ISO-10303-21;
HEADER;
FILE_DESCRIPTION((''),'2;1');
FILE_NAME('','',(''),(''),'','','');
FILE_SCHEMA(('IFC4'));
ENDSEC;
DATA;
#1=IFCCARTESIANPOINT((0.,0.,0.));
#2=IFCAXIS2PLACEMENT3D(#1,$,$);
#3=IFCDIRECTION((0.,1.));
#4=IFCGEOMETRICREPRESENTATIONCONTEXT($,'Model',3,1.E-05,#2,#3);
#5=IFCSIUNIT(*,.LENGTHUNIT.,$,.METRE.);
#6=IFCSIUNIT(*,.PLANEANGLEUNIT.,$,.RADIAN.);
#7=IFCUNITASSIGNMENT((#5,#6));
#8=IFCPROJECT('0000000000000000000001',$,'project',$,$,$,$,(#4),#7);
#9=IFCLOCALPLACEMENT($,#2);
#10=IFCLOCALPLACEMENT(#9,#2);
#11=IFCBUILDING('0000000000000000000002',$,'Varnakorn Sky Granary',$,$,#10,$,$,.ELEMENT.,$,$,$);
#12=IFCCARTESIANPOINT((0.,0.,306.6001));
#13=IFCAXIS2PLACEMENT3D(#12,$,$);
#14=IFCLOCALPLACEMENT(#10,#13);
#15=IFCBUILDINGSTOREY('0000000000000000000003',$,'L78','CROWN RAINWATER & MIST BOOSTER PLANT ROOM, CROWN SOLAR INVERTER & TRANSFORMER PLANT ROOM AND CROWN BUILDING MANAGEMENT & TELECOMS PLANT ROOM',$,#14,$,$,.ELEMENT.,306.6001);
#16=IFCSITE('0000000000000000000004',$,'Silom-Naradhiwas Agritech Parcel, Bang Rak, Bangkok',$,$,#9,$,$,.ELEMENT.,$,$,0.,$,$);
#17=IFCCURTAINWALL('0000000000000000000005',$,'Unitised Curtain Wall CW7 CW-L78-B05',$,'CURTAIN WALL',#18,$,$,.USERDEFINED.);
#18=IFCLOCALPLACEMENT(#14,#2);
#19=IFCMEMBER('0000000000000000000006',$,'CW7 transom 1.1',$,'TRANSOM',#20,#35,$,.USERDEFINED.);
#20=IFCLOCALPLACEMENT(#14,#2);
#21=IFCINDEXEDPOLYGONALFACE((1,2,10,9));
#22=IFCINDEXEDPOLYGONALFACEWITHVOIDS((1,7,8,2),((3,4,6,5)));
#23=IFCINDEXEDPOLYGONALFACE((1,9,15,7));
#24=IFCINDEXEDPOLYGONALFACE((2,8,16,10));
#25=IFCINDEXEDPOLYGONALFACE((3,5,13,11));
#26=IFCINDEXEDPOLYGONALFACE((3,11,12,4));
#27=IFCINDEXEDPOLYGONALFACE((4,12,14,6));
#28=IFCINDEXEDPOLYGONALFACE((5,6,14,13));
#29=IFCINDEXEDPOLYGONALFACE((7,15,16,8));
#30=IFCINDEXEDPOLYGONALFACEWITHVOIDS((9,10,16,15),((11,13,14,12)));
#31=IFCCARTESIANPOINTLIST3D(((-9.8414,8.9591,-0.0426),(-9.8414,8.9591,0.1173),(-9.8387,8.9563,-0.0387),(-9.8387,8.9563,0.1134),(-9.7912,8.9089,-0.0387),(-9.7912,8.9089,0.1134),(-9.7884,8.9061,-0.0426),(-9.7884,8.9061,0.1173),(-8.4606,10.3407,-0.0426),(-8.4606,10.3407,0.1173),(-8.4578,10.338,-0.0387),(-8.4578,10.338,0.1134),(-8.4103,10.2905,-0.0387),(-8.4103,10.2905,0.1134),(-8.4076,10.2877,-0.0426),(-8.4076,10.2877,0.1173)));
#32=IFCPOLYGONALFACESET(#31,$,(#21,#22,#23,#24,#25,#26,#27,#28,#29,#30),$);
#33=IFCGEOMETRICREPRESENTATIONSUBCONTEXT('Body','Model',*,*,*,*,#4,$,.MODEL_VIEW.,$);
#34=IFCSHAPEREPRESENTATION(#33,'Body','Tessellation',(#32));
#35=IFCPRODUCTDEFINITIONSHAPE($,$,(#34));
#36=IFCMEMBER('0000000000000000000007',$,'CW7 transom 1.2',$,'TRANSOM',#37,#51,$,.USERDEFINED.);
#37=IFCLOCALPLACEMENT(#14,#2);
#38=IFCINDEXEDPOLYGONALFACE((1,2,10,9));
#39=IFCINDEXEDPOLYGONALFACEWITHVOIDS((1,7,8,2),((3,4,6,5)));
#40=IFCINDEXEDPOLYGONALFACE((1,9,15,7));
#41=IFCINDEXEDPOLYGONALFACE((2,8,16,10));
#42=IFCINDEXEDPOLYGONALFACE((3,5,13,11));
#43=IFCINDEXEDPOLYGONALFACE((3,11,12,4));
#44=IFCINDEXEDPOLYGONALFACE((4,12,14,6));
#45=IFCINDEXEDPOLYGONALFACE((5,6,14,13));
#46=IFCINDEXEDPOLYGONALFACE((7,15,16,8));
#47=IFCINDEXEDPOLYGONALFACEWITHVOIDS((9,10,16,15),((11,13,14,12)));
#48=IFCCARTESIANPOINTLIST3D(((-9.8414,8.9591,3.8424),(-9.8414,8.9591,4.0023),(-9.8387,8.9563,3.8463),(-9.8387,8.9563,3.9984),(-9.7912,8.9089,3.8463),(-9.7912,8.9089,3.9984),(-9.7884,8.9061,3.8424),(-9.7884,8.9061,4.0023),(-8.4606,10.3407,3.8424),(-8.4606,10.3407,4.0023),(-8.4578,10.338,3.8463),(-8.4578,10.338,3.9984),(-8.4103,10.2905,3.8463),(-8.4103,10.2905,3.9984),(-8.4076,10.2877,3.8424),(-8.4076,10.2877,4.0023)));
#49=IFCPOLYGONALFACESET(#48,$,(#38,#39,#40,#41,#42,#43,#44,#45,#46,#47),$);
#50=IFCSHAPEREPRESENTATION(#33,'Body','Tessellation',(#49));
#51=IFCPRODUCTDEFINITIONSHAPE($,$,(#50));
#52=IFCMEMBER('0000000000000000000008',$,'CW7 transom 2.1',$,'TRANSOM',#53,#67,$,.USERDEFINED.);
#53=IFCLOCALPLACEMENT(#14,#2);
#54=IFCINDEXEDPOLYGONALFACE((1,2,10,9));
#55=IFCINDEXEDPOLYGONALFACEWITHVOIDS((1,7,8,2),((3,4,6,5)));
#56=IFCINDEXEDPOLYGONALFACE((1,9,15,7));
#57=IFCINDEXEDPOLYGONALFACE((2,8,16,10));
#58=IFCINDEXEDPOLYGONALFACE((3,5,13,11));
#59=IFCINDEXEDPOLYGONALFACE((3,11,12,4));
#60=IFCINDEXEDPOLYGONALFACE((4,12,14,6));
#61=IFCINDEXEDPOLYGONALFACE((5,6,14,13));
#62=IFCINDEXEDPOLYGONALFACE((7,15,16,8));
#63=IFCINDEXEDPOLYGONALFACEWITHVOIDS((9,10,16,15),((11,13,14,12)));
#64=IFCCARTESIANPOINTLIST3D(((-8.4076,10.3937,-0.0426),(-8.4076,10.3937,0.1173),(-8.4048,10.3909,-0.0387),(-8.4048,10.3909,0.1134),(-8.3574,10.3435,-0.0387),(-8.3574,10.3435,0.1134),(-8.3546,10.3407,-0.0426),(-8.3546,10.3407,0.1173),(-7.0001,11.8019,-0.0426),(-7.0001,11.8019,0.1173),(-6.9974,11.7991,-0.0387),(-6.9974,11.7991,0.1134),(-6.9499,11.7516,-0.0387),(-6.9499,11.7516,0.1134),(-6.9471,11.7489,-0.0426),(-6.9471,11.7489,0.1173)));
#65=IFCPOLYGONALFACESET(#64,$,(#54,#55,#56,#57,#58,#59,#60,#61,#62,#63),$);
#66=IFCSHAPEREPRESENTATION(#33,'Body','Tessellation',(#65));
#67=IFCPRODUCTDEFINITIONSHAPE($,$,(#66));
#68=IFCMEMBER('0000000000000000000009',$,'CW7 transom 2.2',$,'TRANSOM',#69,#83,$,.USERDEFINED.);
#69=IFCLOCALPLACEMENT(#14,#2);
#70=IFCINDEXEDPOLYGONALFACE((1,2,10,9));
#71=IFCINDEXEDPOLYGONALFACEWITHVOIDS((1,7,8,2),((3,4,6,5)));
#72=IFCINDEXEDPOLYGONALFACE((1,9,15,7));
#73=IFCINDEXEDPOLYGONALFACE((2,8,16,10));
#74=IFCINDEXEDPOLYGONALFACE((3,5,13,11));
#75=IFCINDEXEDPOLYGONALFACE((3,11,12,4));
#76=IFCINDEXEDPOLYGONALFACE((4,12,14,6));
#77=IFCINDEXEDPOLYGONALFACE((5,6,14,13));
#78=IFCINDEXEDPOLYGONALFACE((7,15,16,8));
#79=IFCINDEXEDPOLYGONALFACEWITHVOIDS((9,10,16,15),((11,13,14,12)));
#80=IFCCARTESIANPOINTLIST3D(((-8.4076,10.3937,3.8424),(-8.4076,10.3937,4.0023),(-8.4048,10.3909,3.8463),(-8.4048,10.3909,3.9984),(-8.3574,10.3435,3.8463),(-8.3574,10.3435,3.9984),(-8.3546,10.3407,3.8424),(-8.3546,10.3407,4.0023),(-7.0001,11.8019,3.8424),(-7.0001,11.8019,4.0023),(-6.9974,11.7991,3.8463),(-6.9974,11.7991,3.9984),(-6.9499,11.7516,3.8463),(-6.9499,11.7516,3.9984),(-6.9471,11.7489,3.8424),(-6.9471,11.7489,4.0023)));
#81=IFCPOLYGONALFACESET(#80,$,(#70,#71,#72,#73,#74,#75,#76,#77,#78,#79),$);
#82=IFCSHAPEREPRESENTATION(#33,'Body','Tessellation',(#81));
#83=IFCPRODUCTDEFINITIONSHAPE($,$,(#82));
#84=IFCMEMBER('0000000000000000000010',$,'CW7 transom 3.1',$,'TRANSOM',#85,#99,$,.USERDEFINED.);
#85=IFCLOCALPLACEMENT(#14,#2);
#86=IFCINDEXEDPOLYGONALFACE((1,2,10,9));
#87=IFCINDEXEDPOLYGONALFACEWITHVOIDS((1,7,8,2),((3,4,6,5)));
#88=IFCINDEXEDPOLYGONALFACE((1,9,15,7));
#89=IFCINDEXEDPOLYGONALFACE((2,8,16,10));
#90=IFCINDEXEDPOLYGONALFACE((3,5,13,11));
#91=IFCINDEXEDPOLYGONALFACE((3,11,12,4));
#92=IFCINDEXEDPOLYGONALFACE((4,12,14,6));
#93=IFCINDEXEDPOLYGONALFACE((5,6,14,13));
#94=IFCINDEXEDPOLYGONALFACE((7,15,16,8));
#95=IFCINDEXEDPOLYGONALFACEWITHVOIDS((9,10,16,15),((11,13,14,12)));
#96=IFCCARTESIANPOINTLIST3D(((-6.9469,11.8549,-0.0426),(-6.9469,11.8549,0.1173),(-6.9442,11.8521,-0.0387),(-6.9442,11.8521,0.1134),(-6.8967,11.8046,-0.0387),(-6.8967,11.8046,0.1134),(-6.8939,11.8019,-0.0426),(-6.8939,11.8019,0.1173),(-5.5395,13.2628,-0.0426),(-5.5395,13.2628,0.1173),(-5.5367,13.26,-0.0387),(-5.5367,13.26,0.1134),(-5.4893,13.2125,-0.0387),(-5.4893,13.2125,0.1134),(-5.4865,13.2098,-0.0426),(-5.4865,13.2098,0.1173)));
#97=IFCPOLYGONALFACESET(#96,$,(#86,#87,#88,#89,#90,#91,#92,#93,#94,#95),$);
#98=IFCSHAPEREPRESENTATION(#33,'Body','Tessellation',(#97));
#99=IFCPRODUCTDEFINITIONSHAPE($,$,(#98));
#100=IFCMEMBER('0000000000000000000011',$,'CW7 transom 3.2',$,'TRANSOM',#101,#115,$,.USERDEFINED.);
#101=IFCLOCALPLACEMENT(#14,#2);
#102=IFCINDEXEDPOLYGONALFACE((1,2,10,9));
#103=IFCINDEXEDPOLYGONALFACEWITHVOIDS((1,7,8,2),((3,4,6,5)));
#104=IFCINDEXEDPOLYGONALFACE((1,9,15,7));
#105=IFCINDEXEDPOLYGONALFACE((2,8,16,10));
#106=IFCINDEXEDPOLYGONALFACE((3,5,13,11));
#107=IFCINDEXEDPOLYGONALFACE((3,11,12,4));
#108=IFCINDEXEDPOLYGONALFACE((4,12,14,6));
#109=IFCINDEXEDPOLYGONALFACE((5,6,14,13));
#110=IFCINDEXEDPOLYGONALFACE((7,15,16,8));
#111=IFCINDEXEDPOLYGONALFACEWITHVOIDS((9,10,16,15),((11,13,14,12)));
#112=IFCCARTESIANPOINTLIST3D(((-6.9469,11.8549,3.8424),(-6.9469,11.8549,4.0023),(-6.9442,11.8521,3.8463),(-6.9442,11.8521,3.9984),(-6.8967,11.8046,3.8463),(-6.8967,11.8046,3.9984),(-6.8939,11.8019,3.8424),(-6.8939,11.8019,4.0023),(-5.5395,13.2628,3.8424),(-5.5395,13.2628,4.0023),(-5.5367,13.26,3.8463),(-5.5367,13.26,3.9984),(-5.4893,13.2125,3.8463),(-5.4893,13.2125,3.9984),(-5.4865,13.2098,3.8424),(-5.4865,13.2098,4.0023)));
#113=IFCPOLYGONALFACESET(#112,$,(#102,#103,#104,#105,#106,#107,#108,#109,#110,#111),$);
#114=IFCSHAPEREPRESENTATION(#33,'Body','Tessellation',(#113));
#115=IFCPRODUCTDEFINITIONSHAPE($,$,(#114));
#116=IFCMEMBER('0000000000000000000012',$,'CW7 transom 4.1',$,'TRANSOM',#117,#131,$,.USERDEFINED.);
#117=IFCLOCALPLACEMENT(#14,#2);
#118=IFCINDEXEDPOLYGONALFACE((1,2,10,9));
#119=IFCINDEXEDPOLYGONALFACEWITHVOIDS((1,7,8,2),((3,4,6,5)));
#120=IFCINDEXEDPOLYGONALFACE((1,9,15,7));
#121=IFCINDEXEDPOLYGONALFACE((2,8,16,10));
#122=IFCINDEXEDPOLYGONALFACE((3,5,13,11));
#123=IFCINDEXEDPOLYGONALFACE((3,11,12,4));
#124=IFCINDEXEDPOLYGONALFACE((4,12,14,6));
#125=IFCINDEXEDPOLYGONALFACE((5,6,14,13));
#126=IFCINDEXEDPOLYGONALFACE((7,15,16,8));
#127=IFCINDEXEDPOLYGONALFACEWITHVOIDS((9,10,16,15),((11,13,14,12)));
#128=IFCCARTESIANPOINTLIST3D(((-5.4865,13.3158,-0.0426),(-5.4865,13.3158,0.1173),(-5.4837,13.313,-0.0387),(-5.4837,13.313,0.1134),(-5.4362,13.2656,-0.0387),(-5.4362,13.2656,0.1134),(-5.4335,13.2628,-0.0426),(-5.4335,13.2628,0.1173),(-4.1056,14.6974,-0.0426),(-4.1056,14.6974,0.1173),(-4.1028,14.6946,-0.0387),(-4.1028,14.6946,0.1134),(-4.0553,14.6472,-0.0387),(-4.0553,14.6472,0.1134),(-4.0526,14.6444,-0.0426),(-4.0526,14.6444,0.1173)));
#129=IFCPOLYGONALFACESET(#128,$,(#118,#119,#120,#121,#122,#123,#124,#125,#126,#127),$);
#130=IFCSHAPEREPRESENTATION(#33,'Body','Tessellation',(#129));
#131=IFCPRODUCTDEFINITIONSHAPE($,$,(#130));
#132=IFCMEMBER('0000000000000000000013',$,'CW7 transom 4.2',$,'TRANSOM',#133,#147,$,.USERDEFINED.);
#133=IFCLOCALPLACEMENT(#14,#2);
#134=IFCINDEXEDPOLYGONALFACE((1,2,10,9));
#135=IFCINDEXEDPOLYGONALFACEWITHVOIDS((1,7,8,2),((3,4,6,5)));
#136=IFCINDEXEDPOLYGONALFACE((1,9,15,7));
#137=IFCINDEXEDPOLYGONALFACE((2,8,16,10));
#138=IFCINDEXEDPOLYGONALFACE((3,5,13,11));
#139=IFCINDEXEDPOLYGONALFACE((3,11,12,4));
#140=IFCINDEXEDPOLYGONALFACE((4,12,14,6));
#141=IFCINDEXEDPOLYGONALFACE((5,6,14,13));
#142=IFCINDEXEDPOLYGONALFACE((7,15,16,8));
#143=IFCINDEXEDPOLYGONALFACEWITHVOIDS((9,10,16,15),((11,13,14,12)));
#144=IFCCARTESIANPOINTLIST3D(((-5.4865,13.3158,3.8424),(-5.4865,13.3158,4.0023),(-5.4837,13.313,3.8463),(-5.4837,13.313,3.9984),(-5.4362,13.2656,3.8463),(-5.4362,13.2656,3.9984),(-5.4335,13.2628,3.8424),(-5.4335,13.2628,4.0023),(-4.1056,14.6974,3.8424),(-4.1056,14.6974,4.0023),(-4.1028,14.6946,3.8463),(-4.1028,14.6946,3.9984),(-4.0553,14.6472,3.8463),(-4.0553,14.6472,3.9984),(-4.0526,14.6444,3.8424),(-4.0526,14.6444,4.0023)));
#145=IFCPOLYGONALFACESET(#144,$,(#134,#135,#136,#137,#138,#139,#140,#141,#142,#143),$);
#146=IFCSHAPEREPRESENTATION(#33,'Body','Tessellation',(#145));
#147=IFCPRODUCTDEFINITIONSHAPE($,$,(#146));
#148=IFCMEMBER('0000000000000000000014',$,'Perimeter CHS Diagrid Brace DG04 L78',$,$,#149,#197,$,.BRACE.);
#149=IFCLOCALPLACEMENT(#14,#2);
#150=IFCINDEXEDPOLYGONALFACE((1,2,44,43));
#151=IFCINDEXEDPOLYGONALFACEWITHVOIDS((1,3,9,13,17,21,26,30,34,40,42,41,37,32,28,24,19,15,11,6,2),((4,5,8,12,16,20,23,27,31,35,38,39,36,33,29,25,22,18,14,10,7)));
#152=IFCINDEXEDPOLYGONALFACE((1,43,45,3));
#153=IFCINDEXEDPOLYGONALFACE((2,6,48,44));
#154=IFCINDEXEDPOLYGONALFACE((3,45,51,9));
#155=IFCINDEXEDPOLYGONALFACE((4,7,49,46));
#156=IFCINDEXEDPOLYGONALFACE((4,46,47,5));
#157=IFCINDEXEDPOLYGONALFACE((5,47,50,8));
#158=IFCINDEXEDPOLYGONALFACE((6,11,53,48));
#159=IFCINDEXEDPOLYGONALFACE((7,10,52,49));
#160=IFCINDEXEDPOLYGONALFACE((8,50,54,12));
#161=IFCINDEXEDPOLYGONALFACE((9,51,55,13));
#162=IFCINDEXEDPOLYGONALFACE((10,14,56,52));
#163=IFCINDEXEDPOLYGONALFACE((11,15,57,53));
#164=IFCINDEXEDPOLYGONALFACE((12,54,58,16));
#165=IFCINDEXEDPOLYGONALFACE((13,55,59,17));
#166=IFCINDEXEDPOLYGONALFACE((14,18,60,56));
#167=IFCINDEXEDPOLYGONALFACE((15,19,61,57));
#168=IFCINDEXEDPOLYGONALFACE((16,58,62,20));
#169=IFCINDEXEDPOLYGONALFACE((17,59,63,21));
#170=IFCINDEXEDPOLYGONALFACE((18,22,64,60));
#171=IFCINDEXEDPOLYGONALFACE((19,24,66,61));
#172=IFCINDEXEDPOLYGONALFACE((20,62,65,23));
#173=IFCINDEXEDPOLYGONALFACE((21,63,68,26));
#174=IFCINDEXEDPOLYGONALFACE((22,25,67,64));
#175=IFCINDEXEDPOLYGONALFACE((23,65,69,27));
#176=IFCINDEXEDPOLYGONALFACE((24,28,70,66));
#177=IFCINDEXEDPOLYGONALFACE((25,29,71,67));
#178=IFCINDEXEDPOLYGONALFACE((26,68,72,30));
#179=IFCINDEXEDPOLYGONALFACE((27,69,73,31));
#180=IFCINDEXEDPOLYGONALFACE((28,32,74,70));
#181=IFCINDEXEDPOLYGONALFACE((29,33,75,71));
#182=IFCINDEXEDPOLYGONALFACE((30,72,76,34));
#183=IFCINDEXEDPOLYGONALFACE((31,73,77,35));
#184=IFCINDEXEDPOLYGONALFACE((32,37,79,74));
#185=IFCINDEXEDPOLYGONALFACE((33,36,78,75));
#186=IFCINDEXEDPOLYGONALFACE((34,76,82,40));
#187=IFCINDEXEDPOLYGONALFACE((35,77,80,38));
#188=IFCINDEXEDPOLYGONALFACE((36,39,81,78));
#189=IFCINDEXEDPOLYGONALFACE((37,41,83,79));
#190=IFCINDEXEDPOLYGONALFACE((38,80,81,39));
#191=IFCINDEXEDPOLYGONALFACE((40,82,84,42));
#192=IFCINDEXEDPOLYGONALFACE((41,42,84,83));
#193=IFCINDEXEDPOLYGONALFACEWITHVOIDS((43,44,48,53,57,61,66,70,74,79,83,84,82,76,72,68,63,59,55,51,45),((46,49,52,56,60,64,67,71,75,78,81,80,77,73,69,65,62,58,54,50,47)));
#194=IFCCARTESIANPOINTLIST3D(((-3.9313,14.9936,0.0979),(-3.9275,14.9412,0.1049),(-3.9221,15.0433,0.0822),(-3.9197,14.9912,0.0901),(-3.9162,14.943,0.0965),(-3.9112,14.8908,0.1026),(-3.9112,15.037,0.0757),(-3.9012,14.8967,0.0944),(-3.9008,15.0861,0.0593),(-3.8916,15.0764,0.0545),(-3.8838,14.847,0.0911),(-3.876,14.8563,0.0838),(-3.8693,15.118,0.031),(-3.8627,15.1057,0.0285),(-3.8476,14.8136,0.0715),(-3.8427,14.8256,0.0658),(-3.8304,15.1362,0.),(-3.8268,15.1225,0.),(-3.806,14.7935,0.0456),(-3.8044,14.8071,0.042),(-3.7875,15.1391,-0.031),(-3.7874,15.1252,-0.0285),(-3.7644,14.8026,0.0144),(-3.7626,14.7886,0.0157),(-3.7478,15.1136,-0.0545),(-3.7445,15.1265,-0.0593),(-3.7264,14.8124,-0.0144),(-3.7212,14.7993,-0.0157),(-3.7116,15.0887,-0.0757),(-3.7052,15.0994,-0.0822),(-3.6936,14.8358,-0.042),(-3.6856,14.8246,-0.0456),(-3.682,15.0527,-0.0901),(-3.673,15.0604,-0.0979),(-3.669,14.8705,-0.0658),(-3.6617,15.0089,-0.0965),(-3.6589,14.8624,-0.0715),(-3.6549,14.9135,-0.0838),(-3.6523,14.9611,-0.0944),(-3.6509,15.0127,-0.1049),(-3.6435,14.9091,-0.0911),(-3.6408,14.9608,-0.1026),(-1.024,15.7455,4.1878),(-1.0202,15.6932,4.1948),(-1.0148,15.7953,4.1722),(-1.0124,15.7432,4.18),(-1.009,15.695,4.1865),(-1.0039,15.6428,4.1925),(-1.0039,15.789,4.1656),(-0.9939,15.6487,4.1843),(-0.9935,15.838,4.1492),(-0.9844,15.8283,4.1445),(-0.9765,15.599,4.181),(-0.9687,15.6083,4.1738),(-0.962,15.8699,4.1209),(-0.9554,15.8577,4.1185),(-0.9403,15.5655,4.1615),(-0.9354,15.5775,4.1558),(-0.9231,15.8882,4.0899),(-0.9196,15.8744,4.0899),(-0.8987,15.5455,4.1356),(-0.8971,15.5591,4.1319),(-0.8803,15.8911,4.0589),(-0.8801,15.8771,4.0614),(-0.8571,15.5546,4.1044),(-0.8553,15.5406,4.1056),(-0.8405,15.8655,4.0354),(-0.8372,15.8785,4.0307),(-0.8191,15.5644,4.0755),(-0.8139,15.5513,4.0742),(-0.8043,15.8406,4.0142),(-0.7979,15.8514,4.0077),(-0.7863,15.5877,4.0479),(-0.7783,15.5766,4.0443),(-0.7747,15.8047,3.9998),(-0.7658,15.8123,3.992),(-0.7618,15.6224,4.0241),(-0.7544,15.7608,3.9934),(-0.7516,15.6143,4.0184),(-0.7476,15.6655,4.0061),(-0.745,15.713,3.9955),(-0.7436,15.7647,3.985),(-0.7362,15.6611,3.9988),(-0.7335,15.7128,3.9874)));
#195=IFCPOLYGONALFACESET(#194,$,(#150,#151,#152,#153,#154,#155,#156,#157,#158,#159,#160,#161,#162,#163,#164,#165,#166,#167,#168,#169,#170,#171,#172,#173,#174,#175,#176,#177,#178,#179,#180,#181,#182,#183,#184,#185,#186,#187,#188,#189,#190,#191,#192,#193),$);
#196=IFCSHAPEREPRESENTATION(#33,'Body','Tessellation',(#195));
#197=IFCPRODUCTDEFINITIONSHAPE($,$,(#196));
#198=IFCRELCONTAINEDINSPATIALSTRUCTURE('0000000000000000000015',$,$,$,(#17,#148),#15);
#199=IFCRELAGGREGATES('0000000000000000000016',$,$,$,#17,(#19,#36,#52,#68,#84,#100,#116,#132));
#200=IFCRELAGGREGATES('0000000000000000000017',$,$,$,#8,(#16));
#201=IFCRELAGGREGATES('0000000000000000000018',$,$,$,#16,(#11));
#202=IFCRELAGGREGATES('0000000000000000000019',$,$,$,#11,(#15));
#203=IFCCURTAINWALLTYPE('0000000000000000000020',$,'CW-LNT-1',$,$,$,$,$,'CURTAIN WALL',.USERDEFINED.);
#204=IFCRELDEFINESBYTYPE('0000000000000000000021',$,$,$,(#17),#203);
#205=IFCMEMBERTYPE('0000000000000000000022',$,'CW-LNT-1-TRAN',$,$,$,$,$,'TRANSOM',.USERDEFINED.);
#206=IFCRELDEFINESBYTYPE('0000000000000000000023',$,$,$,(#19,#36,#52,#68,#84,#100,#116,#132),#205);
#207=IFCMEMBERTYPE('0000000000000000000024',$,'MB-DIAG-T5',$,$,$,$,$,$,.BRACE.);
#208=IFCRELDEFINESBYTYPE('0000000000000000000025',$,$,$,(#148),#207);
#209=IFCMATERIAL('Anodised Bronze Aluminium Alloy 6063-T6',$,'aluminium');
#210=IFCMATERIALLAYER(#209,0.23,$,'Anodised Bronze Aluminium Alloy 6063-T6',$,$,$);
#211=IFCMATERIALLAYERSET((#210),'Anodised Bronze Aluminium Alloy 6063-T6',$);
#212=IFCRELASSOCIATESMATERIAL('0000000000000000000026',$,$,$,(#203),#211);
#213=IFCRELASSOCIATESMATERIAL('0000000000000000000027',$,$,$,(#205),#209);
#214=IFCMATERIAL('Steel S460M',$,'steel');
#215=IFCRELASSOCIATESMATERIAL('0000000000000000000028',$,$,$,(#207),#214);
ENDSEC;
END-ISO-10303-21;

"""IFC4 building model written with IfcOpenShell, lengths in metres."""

from ifc_helpers import new_model, si_unit, direction, frame, origin, origin_2d, place, context, subcontext, project, spatial, hollow_rectangle, hollow_circle, extrude, material, layer, layer_set, material_profile, profile_set, type_object, element, aggregate, save


model = new_model("IFC4")

# Units and contexts
model_context = context("Model", 3, precision=1e-05, world=origin(), true_north=direction((0.0, 1.0)))
body_context = subcontext(model_context, "Body", "Model", "MODEL_VIEW")
ifc_project = project(units=[si_unit("LENGTHUNIT", "METRE"), si_unit("PLANEANGLEUNIT", "RADIAN")], contexts=[model_context])

# Site, building, storey
site_placement = place(None, origin())
site = spatial("IfcSite", under=ifc_project, at=site_placement, Name="Silom-Naradhiwas Agritech Parcel, Bang Rak, Bangkok", CompositionType="ELEMENT", RefElevation=0.0)
building_placement = place(site_placement, origin())
building = spatial("IfcBuilding", under=site, at=building_placement, Name="Varnakorn Sky Granary", CompositionType="ELEMENT")
storey_placement = place(building_placement, frame((0.0, 0.0, 306.6001)))
storey = spatial("IfcBuildingStorey", under=building, at=storey_placement, Name="L78", Description="CROWN RAINWATER & MIST BOOSTER PLANT ROOM, CROWN SOLAR INVERTER & TRANSFORMER PLANT ROOM AND CROWN BUILDING MANAGEMENT & TELECOMS PLANT ROOM", CompositionType="ELEMENT", Elevation=306.6001)

# Shared definitions
ifc_material_1 = material(Name="Steel S460M", Category="steel")

# Curtain wall, members
ifc_material_2 = material(Name="Anodised Bronze Aluminium Alloy 6063-T6", Category="aluminium")
ifc_layer_1 = layer(ifc_material_2, 0.23, Name="Anodised Bronze Aluminium Alloy 6063-T6")
ifc_layer_set_1 = layer_set([ifc_layer_1], Name="Anodised Bronze Aluminium Alloy 6063-T6")
curtain_wall_type = type_object("IfcCurtainWallType", Name="CW-LNT-1", ElementType="CURTAIN WALL", PredefinedType="USERDEFINED", material=ifc_layer_set_1)
curtain_wall_placement = place(storey_placement, origin())
curtain_wall = element("IfcCurtainWall", 1, at=curtain_wall_placement, inside=storey, type_object=curtain_wall_type, Name="Unitised Curtain Wall CW7 CW-L78-B05", ObjectType="CURTAIN WALL", PredefinedType="USERDEFINED")
ifc_material_profile_1 = material_profile(ifc_material_2, hollow_rectangle(XDim=0.075, YDim=0.1599, WallThickness=0.0039, at=origin_2d()), Name="ALU TRAN 75x160")
ifc_profile_set_1 = profile_set([ifc_material_profile_1], Name="Anodised Bronze Aluminium Alloy 6063-T6")
member_type_1 = type_object("IfcMemberType", Name="CW-LNT-1-TRAN", ElementType="TRANSOM", PredefinedType="USERDEFINED", material=ifc_profile_set_1)
member_1_placement = place(storey_placement, frame((-9.8149, 8.9326, 0.0374), z_axis=(0.706919, 0.707294, 0.0), x_axis=(-0.707294, 0.706919, 0.0)))
member_1 = element("IfcMember", 2, at=member_1_placement, type_object=member_type_1, Name="CW7 transom 1.1", ObjectType="TRANSOM", PredefinedType="USERDEFINED", context=body_context, shape_type="SweptSolid", body=[
    extrude(hollow_rectangle(XDim=0.075, YDim=0.1599, WallThickness=0.0039, at=origin_2d()), origin(), (0.0, 0.0, 1.0), 1.9534),
])
member_2_placement = place(storey_placement, frame((-9.8149, 8.9326, 3.9224), z_axis=(0.706919, 0.707294, 0.0), x_axis=(-0.707294, 0.706919, 0.0)))
member_2 = element("IfcMember", 3, at=member_2_placement, type_object=member_type_1, Name="CW7 transom 1.2", ObjectType="TRANSOM", PredefinedType="USERDEFINED", context=body_context, shape_type="SweptSolid", body=[
    extrude(hollow_rectangle(XDim=0.075, YDim=0.1599, WallThickness=0.0039, at=origin_2d()), origin(), (0.0, 0.0, 1.0), 1.9534),
])
member_3_placement = place(storey_placement, frame((-8.3811, 10.3672, 0.0374), z_axis=(0.706923, 0.707291, 0.0), x_axis=(-0.707291, 0.706923, 0.0)))
member_3 = element("IfcMember", 4, at=member_3_placement, type_object=member_type_1, Name="CW7 transom 2.1", ObjectType="TRANSOM", PredefinedType="USERDEFINED", context=body_context, shape_type="SweptSolid", body=[
    extrude(hollow_rectangle(XDim=0.075, YDim=0.1599, WallThickness=0.0039, at=origin_2d()), origin(), (0.0, 0.0, 1.0), 1.991),
])
member_4_placement = place(storey_placement, frame((-8.3811, 10.3672, 3.9224), z_axis=(0.706923, 0.707291, 0.0), x_axis=(-0.707291, 0.706923, 0.0)))
member_4 = element("IfcMember", 5, at=member_4_placement, type_object=member_type_1, Name="CW7 transom 2.2", ObjectType="TRANSOM", PredefinedType="USERDEFINED", context=body_context, shape_type="SweptSolid", body=[
    extrude(hollow_rectangle(XDim=0.075, YDim=0.1599, WallThickness=0.0039, at=origin_2d()), origin(), (0.0, 0.0, 1.0), 1.991),
])
member_5_placement = place(storey_placement, frame((-6.9204, 11.8284, 0.0374), z_axis=(0.706984, 0.707229, 0.0), x_axis=(-0.707229, 0.706984, 0.0)))
member_5 = element("IfcMember", 6, at=member_5_placement, type_object=member_type_1, Name="CW7 transom 3.1", ObjectType="TRANSOM", PredefinedType="USERDEFINED", context=body_context, shape_type="SweptSolid", body=[
    extrude(hollow_rectangle(XDim=0.075, YDim=0.1599, WallThickness=0.0039, at=origin_2d()), origin(), (0.0, 0.0, 1.0), 1.9907),
])
member_6_placement = place(storey_placement, frame((-6.9204, 11.8284, 3.9224), z_axis=(0.706984, 0.707229, 0.0), x_axis=(-0.707229, 0.706984, 0.0)))
member_6 = element("IfcMember", 7, at=member_6_placement, type_object=member_type_1, Name="CW7 transom 3.2", ObjectType="TRANSOM", PredefinedType="USERDEFINED", context=body_context, shape_type="SweptSolid", body=[
    extrude(hollow_rectangle(XDim=0.075, YDim=0.1599, WallThickness=0.0039, at=origin_2d()), origin(), (0.0, 0.0, 1.0), 1.9907),
])
member_7_placement = place(storey_placement, frame((-5.46, 13.2893, 0.0374), z_axis=(0.706919, 0.707294, 0.0), x_axis=(-0.707294, 0.706919, 0.0)))
member_7 = element("IfcMember", 8, at=member_7_placement, type_object=member_type_1, Name="CW7 transom 4.1", ObjectType="TRANSOM", PredefinedType="USERDEFINED", context=body_context, shape_type="SweptSolid", body=[
    extrude(hollow_rectangle(XDim=0.075, YDim=0.1599, WallThickness=0.0039, at=origin_2d()), origin(), (0.0, 0.0, 1.0), 1.9534),
])
member_8_placement = place(storey_placement, frame((-5.46, 13.2893, 3.9224), z_axis=(0.706919, 0.707294, 0.0), x_axis=(-0.707294, 0.706919, 0.0)))
member_8 = element("IfcMember", 9, at=member_8_placement, type_object=member_type_1, Name="CW7 transom 4.2", ObjectType="TRANSOM", PredefinedType="USERDEFINED", context=body_context, shape_type="SweptSolid", body=[
    extrude(hollow_rectangle(XDim=0.075, YDim=0.1599, WallThickness=0.0039, at=origin_2d()), origin(), (0.0, 0.0, 1.0), 1.9534),
])

# Member
ifc_material_profile_2 = material_profile(ifc_material_1, hollow_circle(Radius=0.1777, WallThickness=0.0142, at=origin_2d()), Name="CHS 355.6x14")
ifc_profile_set_2 = profile_set([ifc_material_profile_2], Name="Steel S460M")
member_type_2 = type_object("IfcMemberType", Name="MB-DIAG-T5", PredefinedType="BRACE", material=ifc_profile_set_2)
member_9_placement = place(storey_placement, frame((-3.7859, 14.9641, 0.0), z_axis=(0.572979, 0.148201, 0.806059), x_axis=(-0.250409, 0.96814, 0.0)))
element("IfcMember", 10, at=member_9_placement, inside=storey, type_object=member_type_2, Name="Perimeter CHS Diagrid Brace DG04 L78", PredefinedType="BRACE", context=body_context, shape_type="SweptSolid", body=[
    extrude(hollow_circle(Radius=0.1777, WallThickness=0.0142, at=origin_2d()), origin(), (0.0, 0.0, 1.0), 5.074),
])

aggregate(curtain_wall, [member_1, member_2, member_3, member_4, member_5, member_6, member_7, member_8])

save(model, "model.ifc")
